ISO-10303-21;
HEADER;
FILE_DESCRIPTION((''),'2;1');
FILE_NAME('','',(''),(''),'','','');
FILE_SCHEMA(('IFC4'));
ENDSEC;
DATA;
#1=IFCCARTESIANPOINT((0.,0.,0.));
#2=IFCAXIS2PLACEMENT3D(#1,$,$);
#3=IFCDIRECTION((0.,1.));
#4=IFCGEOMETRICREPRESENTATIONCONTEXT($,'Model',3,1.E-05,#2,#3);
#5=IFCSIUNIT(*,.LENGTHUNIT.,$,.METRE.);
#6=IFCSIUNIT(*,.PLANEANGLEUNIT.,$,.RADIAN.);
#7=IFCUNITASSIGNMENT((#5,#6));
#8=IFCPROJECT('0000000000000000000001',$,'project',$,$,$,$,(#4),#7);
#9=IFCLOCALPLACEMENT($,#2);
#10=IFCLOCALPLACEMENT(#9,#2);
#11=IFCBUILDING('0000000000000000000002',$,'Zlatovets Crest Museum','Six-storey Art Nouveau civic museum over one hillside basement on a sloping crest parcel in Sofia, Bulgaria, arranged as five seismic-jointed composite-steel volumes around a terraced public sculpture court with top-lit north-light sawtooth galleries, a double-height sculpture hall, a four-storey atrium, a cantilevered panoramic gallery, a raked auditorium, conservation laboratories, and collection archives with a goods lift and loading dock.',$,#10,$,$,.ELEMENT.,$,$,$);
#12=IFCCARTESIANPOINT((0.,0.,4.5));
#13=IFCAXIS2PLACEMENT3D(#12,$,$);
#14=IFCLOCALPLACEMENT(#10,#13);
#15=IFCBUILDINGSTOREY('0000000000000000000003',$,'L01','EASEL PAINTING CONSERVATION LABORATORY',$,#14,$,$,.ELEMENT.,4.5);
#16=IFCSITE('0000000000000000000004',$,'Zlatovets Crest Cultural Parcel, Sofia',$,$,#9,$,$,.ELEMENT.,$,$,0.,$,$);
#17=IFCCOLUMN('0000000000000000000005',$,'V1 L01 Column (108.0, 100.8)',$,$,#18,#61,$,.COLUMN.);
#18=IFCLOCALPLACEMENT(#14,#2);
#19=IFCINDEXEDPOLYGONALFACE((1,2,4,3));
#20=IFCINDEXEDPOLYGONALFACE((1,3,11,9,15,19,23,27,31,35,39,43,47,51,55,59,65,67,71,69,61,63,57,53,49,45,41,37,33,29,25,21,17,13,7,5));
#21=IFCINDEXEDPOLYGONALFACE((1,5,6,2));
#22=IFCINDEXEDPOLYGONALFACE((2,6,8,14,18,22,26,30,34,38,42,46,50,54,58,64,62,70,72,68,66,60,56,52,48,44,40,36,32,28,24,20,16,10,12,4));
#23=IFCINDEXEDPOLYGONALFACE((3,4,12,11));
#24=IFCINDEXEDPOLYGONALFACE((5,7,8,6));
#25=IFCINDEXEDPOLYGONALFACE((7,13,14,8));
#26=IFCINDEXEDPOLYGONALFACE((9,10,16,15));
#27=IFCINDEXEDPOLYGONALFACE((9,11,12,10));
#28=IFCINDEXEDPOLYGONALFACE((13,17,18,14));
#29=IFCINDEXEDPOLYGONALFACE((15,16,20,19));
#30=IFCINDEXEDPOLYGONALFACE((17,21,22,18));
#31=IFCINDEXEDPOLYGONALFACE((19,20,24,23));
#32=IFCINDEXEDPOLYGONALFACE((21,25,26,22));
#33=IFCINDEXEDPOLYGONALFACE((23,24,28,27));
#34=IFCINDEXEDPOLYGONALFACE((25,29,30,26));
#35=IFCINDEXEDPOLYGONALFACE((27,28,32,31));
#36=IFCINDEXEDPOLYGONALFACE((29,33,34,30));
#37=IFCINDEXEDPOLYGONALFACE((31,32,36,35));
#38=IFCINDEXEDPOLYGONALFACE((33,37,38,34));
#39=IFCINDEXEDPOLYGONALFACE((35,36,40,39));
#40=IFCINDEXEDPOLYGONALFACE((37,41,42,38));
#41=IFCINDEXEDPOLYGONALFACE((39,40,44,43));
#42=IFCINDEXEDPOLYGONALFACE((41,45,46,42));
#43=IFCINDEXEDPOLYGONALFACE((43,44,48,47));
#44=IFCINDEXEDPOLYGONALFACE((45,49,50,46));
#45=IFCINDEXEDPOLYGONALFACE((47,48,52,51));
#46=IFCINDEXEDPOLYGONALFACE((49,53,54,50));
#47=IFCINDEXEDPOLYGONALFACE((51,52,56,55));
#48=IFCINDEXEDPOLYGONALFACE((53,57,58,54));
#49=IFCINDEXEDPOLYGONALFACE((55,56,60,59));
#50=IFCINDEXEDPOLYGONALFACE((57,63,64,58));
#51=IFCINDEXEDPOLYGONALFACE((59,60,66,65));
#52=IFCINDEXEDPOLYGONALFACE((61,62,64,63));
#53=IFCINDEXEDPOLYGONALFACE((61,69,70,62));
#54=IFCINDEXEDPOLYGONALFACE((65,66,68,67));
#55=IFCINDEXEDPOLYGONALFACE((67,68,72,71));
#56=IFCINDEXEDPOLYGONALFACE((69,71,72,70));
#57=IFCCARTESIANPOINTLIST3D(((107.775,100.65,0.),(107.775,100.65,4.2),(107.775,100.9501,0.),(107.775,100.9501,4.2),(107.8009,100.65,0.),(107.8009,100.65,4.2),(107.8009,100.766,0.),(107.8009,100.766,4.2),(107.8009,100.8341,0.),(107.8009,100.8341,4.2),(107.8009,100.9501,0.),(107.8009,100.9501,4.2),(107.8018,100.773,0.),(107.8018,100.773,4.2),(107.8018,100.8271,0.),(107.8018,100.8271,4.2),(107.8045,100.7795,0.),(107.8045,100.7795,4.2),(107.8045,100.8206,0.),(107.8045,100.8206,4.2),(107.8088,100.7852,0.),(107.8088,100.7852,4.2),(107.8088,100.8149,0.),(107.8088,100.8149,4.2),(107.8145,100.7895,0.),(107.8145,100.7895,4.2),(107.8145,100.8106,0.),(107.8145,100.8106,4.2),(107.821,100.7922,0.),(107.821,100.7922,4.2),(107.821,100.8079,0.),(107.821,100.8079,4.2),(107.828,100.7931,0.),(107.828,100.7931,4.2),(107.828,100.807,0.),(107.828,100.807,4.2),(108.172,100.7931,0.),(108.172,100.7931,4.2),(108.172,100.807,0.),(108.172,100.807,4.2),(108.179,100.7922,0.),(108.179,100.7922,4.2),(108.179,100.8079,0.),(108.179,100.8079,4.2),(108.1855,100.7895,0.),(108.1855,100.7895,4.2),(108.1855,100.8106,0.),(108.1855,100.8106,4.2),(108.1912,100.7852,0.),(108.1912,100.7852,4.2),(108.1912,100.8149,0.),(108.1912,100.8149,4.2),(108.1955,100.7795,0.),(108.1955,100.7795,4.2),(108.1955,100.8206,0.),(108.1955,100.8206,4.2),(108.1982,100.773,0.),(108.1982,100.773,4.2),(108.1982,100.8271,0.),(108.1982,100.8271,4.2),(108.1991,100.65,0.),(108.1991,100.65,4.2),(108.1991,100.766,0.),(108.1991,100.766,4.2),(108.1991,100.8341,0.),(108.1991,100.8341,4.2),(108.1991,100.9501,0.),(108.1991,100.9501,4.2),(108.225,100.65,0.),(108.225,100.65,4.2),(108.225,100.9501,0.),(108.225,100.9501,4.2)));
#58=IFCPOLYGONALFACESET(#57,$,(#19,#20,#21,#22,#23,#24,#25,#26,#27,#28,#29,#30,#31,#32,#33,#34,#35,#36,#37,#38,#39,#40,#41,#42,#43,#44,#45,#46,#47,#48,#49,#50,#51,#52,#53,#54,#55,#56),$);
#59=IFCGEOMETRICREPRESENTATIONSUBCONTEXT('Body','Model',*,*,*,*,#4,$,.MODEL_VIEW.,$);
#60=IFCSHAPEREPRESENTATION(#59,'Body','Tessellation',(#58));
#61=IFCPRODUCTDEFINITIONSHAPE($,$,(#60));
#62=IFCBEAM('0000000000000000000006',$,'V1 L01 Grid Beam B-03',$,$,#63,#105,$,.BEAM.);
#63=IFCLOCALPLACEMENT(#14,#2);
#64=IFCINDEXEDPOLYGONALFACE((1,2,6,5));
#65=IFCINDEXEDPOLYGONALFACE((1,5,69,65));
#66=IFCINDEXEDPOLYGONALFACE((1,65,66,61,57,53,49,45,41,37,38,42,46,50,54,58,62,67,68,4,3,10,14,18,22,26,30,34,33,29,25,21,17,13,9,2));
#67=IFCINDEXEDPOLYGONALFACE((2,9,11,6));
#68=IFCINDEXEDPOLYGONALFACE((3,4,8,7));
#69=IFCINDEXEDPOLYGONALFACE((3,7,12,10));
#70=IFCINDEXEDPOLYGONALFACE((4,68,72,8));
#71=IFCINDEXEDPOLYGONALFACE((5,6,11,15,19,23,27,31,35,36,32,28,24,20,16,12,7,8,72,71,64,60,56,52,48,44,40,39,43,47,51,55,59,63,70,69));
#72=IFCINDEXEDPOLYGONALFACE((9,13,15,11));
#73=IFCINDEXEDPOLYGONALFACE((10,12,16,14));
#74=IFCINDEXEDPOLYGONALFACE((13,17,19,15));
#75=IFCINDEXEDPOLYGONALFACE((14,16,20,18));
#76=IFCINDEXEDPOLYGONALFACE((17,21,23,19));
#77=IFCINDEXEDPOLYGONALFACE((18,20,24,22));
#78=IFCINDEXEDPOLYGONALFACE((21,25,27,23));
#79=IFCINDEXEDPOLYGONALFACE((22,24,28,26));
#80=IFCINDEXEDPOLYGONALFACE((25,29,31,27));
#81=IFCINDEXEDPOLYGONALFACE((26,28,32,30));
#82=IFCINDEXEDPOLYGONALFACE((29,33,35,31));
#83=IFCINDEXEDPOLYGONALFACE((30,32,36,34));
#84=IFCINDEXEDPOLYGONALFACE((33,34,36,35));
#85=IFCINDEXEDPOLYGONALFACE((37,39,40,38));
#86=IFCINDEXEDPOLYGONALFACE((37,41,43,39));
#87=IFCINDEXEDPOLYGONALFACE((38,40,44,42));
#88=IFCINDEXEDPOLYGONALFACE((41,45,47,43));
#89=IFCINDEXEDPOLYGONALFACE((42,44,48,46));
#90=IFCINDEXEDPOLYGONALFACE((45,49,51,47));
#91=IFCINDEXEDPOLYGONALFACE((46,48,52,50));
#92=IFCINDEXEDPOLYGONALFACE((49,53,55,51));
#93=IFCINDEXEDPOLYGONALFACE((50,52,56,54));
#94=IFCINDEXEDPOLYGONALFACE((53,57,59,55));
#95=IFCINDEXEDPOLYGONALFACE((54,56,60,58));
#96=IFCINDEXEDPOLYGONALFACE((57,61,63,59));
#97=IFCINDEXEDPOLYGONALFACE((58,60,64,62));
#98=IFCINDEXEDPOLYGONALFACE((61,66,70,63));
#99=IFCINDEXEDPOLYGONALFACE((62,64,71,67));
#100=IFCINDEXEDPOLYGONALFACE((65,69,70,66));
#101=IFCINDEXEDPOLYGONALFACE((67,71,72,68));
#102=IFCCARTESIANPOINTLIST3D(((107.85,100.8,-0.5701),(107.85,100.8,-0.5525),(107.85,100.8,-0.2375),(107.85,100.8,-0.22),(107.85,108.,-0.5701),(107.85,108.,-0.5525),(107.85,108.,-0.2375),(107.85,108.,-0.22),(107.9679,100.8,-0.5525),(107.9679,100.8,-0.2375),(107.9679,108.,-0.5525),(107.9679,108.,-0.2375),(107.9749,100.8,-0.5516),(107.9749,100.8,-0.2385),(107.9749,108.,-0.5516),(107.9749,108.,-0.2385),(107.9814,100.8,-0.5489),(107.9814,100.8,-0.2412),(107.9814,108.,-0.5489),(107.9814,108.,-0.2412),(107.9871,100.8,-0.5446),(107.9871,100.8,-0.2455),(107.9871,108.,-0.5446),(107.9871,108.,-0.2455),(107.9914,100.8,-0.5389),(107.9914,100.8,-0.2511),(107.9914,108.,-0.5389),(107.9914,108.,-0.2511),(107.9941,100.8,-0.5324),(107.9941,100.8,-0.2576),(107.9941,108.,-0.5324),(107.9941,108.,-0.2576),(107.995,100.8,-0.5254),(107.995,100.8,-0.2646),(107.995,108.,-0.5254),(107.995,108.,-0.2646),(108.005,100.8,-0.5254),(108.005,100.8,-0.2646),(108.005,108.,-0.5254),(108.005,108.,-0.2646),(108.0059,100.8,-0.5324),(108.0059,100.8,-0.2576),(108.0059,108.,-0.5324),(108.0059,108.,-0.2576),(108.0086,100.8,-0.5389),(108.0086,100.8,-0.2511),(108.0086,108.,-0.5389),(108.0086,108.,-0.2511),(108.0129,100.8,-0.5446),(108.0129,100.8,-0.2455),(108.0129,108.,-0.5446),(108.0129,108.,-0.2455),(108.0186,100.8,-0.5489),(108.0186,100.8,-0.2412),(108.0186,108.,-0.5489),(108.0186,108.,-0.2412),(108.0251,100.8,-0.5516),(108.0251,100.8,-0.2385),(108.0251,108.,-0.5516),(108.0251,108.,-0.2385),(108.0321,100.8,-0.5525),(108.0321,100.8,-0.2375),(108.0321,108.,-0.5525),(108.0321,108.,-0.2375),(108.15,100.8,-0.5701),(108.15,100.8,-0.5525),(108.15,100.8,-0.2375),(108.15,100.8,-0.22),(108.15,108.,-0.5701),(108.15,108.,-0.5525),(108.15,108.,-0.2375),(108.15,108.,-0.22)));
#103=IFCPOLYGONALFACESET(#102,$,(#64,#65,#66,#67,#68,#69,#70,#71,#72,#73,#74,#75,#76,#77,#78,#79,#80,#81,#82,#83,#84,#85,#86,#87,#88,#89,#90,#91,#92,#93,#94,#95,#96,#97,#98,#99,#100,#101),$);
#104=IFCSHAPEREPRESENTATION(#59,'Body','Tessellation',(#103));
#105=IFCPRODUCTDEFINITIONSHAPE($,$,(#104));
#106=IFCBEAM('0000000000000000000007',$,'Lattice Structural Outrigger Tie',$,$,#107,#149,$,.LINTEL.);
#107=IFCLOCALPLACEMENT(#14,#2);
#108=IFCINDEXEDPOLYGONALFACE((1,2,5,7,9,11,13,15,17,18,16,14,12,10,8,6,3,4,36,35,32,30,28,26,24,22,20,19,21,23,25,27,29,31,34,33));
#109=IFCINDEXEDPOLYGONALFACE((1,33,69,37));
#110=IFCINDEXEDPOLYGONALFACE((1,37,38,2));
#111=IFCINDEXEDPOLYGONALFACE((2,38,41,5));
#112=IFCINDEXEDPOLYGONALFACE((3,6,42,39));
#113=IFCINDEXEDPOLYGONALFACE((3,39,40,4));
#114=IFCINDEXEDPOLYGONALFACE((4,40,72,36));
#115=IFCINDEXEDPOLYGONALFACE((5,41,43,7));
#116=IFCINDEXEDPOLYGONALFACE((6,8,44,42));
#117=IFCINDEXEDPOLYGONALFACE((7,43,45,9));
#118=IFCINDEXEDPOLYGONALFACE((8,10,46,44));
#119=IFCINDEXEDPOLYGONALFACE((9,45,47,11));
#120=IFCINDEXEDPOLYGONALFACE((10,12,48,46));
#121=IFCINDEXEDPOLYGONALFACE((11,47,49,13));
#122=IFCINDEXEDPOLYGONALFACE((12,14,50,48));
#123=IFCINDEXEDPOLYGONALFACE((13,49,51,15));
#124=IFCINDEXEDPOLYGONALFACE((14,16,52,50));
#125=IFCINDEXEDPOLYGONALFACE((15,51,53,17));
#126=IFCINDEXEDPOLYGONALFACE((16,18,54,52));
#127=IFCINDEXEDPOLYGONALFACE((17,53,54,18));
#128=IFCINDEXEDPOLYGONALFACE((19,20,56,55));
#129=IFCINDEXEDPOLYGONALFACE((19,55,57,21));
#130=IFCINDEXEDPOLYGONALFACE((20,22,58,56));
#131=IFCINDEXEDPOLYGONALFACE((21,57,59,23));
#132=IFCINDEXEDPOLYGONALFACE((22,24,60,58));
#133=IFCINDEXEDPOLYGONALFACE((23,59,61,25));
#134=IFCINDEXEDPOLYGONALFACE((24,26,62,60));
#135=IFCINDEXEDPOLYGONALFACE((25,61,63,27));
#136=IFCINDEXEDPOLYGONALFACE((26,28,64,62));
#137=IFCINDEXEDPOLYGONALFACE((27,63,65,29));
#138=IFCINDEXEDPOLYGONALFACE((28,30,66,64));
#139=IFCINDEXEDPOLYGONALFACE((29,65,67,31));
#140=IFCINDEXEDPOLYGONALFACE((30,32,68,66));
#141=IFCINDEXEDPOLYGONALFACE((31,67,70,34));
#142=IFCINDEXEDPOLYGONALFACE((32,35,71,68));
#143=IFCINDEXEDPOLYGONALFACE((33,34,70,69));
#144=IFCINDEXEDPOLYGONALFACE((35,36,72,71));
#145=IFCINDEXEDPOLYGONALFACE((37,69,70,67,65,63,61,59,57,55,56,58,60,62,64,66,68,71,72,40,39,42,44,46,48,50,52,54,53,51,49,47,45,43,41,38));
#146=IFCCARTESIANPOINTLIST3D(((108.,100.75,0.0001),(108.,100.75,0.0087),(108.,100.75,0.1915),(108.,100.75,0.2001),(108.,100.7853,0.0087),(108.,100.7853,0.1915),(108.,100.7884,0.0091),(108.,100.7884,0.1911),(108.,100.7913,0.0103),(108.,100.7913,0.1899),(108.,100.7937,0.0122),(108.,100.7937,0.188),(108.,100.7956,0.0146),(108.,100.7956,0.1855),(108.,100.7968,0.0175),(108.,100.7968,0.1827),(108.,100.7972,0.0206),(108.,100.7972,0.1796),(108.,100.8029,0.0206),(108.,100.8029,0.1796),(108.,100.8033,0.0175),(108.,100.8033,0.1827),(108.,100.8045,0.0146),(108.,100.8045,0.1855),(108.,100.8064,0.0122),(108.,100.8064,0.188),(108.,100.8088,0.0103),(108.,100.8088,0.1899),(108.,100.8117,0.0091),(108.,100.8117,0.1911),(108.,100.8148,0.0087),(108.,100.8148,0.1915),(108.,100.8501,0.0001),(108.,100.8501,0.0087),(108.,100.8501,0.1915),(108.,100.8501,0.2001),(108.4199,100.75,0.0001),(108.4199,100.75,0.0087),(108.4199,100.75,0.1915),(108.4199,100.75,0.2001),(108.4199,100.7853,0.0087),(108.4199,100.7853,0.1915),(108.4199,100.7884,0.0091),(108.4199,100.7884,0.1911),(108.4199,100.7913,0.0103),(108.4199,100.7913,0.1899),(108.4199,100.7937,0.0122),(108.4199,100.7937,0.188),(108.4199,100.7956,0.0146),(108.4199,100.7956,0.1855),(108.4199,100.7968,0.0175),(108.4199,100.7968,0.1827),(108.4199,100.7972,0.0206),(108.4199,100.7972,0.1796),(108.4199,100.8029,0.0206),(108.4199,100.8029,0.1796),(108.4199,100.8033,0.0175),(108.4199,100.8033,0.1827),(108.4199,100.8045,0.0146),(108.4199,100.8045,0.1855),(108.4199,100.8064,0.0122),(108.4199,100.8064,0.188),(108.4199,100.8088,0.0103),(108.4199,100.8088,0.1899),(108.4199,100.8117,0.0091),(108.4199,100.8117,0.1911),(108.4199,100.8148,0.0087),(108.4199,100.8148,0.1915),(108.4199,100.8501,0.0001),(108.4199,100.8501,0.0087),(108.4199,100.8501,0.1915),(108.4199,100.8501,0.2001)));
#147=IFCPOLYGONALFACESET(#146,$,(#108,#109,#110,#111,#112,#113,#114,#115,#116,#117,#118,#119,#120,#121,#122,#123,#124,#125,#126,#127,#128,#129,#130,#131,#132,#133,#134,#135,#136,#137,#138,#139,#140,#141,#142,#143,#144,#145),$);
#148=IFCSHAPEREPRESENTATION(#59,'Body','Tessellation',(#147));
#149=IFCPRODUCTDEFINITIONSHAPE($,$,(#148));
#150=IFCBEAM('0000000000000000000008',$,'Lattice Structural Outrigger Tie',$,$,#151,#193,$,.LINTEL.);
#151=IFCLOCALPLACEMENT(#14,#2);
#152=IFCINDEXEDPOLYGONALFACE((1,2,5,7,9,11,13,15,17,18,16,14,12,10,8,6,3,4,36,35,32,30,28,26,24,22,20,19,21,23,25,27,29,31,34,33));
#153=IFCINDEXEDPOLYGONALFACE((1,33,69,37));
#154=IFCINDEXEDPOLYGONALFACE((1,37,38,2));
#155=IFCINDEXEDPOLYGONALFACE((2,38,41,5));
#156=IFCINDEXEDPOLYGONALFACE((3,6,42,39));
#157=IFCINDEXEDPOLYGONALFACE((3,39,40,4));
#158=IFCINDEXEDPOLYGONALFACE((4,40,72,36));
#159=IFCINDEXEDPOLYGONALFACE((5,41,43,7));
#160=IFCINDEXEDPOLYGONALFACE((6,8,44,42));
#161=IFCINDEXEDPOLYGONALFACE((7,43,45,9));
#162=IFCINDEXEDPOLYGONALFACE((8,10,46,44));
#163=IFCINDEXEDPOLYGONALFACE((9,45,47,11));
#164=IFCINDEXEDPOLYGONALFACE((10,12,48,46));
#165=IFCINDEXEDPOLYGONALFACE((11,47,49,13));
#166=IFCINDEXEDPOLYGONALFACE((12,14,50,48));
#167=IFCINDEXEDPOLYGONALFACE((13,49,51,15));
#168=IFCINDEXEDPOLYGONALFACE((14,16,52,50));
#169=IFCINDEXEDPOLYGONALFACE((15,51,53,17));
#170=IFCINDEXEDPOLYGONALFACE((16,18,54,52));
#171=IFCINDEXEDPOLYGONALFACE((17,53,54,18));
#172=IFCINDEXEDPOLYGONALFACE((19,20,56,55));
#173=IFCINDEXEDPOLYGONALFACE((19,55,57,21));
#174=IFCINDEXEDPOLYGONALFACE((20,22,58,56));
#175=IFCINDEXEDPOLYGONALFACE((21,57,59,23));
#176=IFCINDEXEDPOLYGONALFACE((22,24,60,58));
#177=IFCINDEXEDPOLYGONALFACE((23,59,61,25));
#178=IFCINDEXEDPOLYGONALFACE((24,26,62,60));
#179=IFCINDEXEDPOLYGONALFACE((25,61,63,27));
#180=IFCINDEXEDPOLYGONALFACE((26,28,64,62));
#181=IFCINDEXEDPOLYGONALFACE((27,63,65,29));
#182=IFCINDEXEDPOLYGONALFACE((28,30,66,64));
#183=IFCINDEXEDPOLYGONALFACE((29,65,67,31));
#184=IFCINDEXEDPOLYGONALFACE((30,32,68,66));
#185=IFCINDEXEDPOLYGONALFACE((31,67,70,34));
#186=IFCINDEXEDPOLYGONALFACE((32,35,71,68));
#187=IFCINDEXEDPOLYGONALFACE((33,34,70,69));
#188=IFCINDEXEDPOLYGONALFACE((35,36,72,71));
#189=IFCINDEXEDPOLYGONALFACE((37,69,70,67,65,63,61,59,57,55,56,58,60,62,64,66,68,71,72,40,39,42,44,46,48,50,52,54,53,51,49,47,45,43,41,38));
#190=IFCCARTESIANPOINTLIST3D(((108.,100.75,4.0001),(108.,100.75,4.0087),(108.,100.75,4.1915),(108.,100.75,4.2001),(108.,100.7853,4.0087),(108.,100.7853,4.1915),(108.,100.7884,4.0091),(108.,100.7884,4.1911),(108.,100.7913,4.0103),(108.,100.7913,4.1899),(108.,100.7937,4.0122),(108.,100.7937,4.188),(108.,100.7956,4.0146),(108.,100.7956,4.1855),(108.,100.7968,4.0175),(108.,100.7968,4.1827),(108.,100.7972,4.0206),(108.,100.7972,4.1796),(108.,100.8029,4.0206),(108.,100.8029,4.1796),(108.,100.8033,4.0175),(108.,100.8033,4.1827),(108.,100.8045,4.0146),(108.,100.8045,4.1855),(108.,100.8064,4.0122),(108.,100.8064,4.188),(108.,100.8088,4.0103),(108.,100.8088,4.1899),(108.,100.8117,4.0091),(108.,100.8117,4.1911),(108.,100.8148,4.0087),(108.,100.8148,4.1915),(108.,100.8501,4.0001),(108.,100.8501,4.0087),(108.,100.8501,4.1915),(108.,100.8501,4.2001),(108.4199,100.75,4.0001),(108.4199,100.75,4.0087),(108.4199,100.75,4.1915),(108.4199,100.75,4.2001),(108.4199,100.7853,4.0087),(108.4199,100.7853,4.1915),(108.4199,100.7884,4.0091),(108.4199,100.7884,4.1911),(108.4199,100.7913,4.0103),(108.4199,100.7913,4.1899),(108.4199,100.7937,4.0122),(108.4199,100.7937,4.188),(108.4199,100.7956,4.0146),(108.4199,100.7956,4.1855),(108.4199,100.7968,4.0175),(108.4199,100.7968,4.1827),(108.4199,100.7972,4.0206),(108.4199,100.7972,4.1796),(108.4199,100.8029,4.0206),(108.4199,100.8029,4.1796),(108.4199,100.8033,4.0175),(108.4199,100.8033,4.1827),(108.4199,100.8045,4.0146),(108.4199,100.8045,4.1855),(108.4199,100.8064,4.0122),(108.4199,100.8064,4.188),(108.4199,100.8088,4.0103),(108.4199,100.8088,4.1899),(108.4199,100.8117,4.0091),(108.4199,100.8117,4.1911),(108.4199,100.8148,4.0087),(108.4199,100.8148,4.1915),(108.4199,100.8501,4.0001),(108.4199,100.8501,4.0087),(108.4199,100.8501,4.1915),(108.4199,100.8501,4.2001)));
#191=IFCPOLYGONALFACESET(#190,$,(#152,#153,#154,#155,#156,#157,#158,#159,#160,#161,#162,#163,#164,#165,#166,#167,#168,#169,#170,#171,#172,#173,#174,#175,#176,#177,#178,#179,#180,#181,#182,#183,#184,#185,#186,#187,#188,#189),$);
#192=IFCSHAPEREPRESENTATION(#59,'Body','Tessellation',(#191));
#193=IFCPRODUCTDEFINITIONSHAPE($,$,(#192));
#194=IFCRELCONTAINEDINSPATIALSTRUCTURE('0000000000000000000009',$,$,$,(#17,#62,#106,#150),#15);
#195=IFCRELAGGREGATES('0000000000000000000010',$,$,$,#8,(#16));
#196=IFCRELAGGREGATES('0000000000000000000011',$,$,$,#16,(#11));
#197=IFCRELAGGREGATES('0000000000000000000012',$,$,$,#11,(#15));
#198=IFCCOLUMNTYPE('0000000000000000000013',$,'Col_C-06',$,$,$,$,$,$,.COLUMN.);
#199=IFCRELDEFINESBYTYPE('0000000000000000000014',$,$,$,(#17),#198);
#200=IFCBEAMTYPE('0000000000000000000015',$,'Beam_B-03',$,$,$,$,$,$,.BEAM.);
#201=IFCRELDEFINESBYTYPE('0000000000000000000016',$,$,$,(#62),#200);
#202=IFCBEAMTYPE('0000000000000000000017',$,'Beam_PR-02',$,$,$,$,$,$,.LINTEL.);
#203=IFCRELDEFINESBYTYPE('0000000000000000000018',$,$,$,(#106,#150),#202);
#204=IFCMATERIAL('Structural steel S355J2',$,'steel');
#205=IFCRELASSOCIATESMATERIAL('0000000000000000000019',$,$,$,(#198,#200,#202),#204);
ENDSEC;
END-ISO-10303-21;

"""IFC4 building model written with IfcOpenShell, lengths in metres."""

from ifc_helpers import new_model, si_unit, direction, frame, origin, origin_2d, place, context, subcontext, project, spatial, i_section, extrude, material, material_profile, profile_set, type_object, element, save


model = new_model("IFC4")

# Units and contexts
model_context = context("Model", 3, precision=1e-05, world=origin(), true_north=direction((0.0, 1.0)))
body_context = subcontext(model_context, "Body", "Model", "MODEL_VIEW")
ifc_project = project(units=[si_unit("LENGTHUNIT", "METRE"), si_unit("PLANEANGLEUNIT", "RADIAN")], contexts=[model_context])

# Site, building, storey
site_placement = place(None, origin())
site = spatial("IfcSite", under=ifc_project, at=site_placement, Name="Zlatovets Crest Cultural Parcel, Sofia", CompositionType="ELEMENT", RefElevation=0.0)
building_placement = place(site_placement, origin())
building = spatial("IfcBuilding", under=site, at=building_placement, Name="Zlatovets Crest Museum", Description="Six-storey Art Nouveau civic museum over one hillside basement on a sloping crest parcel in Sofia, Bulgaria, arranged as five seismic-jointed composite-steel volumes around a terraced public sculpture court with top-lit north-light sawtooth galleries, a double-height sculpture hall, a four-storey atrium, a cantilevered panoramic gallery, a raked auditorium, conservation laboratories, and collection archives with a goods lift and loading dock.", CompositionType="ELEMENT")
storey_placement = place(building_placement, frame((0.0, 0.0, 4.5)))
storey = spatial("IfcBuildingStorey", under=building, at=storey_placement, Name="L01", Description="EASEL PAINTING CONSERVATION LABORATORY", CompositionType="ELEMENT", Elevation=4.5)

# Column
ifc_material_1 = material(Name="Structural steel S355J2", Category="steel")
ifc_material_profile_1 = material_profile(ifc_material_1, i_section(OverallWidth=0.3, OverallDepth=0.45, WebThickness=0.0139, FlangeThickness=0.0259, FilletRadius=0.0271, at=origin_2d()), Name="HEB 450")
ifc_profile_set_1 = profile_set([ifc_material_profile_1], Name="Structural steel S355J2")
column_type = type_object("IfcColumnType", Name="Col_C-06", PredefinedType="COLUMN", material=ifc_profile_set_1)
column_placement = place(storey_placement, frame((108.0, 100.8, 0.0), z_axis=(0.0, 0.0, 1.0), x_axis=(0.0, 1.0, 0.0)))
element("IfcColumn", 1, at=column_placement, inside=storey, type_object=column_type, Name="V1 L01 Column (108.0, 100.8)", PredefinedType="COLUMN", context=body_context, shape_type="SweptSolid", body=[
    extrude(i_section(OverallWidth=0.3, OverallDepth=0.45, WebThickness=0.0139, FlangeThickness=0.0259, FilletRadius=0.0271, at=origin_2d()), origin(), (0.0, 0.0, 1.0), 4.2),
])

# Beams
ifc_material_profile_2 = material_profile(ifc_material_1, i_section(OverallWidth=0.3, OverallDepth=0.3501, WebThickness=0.01, FlangeThickness=0.0176, FilletRadius=0.0271, at=origin_2d()), Name="HEA 360")
ifc_profile_set_2 = profile_set([ifc_material_profile_2], Name="Structural steel S355J2")
beam_type_1 = type_object("IfcBeamType", Name="Beam_B-03", PredefinedType="BEAM", material=ifc_profile_set_2)
beam_placement = place(storey_placement, frame((108.0, 100.8, -0.395), z_axis=(0.0, 1.0, 0.0), x_axis=(-1.0, 0.0, 0.0)))
element("IfcBeam", 2, at=beam_placement, inside=storey, type_object=beam_type_1, Name="V1 L01 Grid Beam B-03", PredefinedType="BEAM", context=body_context, shape_type="SweptSolid", body=[
    extrude(i_section(OverallWidth=0.3, OverallDepth=0.3501, WebThickness=0.01, FlangeThickness=0.0176, FilletRadius=0.0271, at=origin_2d()), origin(), (0.0, 0.0, 1.0), 7.2),
])
ifc_material_profile_3 = material_profile(ifc_material_1, i_section(OverallWidth=0.1001, OverallDepth=0.2, WebThickness=0.0056, FlangeThickness=0.0085, FilletRadius=0.012, at=origin_2d()), Name="IPE 200")
ifc_profile_set_3 = profile_set([ifc_material_profile_3], Name="Structural steel S355J2")
beam_type_2 = type_object("IfcBeamType", Name="Beam_PR-02", PredefinedType="LINTEL", material=ifc_profile_set_3)
for number, where, z_axis, x_axis, name in (
    (3, (108.0, 100.8, 0.1001), (1.0, 0.0, 0.0), (0.0, 1.0, 0.0), "Lattice Structural Outrigger Tie"),
    (4, (108.0, 100.8, 4.1001), (1.0, 0.0, 0.0), (0.0, 1.0, 0.0), "Lattice Structural Outrigger Tie"),
):
    element("IfcBeam", number, at=place(storey_placement, frame(where, z_axis=z_axis, x_axis=x_axis)), inside=storey, type_object=beam_type_2, Name=name, PredefinedType="LINTEL", context=body_context, shape_type="SweptSolid", body=[
        extrude(i_section(OverallWidth=0.1001, OverallDepth=0.2, WebThickness=0.0056, FlangeThickness=0.0085, FilletRadius=0.012, at=origin_2d()), origin(), (0.0, 0.0, 1.0), 0.4199),
    ])

save(model, "model.ifc")
